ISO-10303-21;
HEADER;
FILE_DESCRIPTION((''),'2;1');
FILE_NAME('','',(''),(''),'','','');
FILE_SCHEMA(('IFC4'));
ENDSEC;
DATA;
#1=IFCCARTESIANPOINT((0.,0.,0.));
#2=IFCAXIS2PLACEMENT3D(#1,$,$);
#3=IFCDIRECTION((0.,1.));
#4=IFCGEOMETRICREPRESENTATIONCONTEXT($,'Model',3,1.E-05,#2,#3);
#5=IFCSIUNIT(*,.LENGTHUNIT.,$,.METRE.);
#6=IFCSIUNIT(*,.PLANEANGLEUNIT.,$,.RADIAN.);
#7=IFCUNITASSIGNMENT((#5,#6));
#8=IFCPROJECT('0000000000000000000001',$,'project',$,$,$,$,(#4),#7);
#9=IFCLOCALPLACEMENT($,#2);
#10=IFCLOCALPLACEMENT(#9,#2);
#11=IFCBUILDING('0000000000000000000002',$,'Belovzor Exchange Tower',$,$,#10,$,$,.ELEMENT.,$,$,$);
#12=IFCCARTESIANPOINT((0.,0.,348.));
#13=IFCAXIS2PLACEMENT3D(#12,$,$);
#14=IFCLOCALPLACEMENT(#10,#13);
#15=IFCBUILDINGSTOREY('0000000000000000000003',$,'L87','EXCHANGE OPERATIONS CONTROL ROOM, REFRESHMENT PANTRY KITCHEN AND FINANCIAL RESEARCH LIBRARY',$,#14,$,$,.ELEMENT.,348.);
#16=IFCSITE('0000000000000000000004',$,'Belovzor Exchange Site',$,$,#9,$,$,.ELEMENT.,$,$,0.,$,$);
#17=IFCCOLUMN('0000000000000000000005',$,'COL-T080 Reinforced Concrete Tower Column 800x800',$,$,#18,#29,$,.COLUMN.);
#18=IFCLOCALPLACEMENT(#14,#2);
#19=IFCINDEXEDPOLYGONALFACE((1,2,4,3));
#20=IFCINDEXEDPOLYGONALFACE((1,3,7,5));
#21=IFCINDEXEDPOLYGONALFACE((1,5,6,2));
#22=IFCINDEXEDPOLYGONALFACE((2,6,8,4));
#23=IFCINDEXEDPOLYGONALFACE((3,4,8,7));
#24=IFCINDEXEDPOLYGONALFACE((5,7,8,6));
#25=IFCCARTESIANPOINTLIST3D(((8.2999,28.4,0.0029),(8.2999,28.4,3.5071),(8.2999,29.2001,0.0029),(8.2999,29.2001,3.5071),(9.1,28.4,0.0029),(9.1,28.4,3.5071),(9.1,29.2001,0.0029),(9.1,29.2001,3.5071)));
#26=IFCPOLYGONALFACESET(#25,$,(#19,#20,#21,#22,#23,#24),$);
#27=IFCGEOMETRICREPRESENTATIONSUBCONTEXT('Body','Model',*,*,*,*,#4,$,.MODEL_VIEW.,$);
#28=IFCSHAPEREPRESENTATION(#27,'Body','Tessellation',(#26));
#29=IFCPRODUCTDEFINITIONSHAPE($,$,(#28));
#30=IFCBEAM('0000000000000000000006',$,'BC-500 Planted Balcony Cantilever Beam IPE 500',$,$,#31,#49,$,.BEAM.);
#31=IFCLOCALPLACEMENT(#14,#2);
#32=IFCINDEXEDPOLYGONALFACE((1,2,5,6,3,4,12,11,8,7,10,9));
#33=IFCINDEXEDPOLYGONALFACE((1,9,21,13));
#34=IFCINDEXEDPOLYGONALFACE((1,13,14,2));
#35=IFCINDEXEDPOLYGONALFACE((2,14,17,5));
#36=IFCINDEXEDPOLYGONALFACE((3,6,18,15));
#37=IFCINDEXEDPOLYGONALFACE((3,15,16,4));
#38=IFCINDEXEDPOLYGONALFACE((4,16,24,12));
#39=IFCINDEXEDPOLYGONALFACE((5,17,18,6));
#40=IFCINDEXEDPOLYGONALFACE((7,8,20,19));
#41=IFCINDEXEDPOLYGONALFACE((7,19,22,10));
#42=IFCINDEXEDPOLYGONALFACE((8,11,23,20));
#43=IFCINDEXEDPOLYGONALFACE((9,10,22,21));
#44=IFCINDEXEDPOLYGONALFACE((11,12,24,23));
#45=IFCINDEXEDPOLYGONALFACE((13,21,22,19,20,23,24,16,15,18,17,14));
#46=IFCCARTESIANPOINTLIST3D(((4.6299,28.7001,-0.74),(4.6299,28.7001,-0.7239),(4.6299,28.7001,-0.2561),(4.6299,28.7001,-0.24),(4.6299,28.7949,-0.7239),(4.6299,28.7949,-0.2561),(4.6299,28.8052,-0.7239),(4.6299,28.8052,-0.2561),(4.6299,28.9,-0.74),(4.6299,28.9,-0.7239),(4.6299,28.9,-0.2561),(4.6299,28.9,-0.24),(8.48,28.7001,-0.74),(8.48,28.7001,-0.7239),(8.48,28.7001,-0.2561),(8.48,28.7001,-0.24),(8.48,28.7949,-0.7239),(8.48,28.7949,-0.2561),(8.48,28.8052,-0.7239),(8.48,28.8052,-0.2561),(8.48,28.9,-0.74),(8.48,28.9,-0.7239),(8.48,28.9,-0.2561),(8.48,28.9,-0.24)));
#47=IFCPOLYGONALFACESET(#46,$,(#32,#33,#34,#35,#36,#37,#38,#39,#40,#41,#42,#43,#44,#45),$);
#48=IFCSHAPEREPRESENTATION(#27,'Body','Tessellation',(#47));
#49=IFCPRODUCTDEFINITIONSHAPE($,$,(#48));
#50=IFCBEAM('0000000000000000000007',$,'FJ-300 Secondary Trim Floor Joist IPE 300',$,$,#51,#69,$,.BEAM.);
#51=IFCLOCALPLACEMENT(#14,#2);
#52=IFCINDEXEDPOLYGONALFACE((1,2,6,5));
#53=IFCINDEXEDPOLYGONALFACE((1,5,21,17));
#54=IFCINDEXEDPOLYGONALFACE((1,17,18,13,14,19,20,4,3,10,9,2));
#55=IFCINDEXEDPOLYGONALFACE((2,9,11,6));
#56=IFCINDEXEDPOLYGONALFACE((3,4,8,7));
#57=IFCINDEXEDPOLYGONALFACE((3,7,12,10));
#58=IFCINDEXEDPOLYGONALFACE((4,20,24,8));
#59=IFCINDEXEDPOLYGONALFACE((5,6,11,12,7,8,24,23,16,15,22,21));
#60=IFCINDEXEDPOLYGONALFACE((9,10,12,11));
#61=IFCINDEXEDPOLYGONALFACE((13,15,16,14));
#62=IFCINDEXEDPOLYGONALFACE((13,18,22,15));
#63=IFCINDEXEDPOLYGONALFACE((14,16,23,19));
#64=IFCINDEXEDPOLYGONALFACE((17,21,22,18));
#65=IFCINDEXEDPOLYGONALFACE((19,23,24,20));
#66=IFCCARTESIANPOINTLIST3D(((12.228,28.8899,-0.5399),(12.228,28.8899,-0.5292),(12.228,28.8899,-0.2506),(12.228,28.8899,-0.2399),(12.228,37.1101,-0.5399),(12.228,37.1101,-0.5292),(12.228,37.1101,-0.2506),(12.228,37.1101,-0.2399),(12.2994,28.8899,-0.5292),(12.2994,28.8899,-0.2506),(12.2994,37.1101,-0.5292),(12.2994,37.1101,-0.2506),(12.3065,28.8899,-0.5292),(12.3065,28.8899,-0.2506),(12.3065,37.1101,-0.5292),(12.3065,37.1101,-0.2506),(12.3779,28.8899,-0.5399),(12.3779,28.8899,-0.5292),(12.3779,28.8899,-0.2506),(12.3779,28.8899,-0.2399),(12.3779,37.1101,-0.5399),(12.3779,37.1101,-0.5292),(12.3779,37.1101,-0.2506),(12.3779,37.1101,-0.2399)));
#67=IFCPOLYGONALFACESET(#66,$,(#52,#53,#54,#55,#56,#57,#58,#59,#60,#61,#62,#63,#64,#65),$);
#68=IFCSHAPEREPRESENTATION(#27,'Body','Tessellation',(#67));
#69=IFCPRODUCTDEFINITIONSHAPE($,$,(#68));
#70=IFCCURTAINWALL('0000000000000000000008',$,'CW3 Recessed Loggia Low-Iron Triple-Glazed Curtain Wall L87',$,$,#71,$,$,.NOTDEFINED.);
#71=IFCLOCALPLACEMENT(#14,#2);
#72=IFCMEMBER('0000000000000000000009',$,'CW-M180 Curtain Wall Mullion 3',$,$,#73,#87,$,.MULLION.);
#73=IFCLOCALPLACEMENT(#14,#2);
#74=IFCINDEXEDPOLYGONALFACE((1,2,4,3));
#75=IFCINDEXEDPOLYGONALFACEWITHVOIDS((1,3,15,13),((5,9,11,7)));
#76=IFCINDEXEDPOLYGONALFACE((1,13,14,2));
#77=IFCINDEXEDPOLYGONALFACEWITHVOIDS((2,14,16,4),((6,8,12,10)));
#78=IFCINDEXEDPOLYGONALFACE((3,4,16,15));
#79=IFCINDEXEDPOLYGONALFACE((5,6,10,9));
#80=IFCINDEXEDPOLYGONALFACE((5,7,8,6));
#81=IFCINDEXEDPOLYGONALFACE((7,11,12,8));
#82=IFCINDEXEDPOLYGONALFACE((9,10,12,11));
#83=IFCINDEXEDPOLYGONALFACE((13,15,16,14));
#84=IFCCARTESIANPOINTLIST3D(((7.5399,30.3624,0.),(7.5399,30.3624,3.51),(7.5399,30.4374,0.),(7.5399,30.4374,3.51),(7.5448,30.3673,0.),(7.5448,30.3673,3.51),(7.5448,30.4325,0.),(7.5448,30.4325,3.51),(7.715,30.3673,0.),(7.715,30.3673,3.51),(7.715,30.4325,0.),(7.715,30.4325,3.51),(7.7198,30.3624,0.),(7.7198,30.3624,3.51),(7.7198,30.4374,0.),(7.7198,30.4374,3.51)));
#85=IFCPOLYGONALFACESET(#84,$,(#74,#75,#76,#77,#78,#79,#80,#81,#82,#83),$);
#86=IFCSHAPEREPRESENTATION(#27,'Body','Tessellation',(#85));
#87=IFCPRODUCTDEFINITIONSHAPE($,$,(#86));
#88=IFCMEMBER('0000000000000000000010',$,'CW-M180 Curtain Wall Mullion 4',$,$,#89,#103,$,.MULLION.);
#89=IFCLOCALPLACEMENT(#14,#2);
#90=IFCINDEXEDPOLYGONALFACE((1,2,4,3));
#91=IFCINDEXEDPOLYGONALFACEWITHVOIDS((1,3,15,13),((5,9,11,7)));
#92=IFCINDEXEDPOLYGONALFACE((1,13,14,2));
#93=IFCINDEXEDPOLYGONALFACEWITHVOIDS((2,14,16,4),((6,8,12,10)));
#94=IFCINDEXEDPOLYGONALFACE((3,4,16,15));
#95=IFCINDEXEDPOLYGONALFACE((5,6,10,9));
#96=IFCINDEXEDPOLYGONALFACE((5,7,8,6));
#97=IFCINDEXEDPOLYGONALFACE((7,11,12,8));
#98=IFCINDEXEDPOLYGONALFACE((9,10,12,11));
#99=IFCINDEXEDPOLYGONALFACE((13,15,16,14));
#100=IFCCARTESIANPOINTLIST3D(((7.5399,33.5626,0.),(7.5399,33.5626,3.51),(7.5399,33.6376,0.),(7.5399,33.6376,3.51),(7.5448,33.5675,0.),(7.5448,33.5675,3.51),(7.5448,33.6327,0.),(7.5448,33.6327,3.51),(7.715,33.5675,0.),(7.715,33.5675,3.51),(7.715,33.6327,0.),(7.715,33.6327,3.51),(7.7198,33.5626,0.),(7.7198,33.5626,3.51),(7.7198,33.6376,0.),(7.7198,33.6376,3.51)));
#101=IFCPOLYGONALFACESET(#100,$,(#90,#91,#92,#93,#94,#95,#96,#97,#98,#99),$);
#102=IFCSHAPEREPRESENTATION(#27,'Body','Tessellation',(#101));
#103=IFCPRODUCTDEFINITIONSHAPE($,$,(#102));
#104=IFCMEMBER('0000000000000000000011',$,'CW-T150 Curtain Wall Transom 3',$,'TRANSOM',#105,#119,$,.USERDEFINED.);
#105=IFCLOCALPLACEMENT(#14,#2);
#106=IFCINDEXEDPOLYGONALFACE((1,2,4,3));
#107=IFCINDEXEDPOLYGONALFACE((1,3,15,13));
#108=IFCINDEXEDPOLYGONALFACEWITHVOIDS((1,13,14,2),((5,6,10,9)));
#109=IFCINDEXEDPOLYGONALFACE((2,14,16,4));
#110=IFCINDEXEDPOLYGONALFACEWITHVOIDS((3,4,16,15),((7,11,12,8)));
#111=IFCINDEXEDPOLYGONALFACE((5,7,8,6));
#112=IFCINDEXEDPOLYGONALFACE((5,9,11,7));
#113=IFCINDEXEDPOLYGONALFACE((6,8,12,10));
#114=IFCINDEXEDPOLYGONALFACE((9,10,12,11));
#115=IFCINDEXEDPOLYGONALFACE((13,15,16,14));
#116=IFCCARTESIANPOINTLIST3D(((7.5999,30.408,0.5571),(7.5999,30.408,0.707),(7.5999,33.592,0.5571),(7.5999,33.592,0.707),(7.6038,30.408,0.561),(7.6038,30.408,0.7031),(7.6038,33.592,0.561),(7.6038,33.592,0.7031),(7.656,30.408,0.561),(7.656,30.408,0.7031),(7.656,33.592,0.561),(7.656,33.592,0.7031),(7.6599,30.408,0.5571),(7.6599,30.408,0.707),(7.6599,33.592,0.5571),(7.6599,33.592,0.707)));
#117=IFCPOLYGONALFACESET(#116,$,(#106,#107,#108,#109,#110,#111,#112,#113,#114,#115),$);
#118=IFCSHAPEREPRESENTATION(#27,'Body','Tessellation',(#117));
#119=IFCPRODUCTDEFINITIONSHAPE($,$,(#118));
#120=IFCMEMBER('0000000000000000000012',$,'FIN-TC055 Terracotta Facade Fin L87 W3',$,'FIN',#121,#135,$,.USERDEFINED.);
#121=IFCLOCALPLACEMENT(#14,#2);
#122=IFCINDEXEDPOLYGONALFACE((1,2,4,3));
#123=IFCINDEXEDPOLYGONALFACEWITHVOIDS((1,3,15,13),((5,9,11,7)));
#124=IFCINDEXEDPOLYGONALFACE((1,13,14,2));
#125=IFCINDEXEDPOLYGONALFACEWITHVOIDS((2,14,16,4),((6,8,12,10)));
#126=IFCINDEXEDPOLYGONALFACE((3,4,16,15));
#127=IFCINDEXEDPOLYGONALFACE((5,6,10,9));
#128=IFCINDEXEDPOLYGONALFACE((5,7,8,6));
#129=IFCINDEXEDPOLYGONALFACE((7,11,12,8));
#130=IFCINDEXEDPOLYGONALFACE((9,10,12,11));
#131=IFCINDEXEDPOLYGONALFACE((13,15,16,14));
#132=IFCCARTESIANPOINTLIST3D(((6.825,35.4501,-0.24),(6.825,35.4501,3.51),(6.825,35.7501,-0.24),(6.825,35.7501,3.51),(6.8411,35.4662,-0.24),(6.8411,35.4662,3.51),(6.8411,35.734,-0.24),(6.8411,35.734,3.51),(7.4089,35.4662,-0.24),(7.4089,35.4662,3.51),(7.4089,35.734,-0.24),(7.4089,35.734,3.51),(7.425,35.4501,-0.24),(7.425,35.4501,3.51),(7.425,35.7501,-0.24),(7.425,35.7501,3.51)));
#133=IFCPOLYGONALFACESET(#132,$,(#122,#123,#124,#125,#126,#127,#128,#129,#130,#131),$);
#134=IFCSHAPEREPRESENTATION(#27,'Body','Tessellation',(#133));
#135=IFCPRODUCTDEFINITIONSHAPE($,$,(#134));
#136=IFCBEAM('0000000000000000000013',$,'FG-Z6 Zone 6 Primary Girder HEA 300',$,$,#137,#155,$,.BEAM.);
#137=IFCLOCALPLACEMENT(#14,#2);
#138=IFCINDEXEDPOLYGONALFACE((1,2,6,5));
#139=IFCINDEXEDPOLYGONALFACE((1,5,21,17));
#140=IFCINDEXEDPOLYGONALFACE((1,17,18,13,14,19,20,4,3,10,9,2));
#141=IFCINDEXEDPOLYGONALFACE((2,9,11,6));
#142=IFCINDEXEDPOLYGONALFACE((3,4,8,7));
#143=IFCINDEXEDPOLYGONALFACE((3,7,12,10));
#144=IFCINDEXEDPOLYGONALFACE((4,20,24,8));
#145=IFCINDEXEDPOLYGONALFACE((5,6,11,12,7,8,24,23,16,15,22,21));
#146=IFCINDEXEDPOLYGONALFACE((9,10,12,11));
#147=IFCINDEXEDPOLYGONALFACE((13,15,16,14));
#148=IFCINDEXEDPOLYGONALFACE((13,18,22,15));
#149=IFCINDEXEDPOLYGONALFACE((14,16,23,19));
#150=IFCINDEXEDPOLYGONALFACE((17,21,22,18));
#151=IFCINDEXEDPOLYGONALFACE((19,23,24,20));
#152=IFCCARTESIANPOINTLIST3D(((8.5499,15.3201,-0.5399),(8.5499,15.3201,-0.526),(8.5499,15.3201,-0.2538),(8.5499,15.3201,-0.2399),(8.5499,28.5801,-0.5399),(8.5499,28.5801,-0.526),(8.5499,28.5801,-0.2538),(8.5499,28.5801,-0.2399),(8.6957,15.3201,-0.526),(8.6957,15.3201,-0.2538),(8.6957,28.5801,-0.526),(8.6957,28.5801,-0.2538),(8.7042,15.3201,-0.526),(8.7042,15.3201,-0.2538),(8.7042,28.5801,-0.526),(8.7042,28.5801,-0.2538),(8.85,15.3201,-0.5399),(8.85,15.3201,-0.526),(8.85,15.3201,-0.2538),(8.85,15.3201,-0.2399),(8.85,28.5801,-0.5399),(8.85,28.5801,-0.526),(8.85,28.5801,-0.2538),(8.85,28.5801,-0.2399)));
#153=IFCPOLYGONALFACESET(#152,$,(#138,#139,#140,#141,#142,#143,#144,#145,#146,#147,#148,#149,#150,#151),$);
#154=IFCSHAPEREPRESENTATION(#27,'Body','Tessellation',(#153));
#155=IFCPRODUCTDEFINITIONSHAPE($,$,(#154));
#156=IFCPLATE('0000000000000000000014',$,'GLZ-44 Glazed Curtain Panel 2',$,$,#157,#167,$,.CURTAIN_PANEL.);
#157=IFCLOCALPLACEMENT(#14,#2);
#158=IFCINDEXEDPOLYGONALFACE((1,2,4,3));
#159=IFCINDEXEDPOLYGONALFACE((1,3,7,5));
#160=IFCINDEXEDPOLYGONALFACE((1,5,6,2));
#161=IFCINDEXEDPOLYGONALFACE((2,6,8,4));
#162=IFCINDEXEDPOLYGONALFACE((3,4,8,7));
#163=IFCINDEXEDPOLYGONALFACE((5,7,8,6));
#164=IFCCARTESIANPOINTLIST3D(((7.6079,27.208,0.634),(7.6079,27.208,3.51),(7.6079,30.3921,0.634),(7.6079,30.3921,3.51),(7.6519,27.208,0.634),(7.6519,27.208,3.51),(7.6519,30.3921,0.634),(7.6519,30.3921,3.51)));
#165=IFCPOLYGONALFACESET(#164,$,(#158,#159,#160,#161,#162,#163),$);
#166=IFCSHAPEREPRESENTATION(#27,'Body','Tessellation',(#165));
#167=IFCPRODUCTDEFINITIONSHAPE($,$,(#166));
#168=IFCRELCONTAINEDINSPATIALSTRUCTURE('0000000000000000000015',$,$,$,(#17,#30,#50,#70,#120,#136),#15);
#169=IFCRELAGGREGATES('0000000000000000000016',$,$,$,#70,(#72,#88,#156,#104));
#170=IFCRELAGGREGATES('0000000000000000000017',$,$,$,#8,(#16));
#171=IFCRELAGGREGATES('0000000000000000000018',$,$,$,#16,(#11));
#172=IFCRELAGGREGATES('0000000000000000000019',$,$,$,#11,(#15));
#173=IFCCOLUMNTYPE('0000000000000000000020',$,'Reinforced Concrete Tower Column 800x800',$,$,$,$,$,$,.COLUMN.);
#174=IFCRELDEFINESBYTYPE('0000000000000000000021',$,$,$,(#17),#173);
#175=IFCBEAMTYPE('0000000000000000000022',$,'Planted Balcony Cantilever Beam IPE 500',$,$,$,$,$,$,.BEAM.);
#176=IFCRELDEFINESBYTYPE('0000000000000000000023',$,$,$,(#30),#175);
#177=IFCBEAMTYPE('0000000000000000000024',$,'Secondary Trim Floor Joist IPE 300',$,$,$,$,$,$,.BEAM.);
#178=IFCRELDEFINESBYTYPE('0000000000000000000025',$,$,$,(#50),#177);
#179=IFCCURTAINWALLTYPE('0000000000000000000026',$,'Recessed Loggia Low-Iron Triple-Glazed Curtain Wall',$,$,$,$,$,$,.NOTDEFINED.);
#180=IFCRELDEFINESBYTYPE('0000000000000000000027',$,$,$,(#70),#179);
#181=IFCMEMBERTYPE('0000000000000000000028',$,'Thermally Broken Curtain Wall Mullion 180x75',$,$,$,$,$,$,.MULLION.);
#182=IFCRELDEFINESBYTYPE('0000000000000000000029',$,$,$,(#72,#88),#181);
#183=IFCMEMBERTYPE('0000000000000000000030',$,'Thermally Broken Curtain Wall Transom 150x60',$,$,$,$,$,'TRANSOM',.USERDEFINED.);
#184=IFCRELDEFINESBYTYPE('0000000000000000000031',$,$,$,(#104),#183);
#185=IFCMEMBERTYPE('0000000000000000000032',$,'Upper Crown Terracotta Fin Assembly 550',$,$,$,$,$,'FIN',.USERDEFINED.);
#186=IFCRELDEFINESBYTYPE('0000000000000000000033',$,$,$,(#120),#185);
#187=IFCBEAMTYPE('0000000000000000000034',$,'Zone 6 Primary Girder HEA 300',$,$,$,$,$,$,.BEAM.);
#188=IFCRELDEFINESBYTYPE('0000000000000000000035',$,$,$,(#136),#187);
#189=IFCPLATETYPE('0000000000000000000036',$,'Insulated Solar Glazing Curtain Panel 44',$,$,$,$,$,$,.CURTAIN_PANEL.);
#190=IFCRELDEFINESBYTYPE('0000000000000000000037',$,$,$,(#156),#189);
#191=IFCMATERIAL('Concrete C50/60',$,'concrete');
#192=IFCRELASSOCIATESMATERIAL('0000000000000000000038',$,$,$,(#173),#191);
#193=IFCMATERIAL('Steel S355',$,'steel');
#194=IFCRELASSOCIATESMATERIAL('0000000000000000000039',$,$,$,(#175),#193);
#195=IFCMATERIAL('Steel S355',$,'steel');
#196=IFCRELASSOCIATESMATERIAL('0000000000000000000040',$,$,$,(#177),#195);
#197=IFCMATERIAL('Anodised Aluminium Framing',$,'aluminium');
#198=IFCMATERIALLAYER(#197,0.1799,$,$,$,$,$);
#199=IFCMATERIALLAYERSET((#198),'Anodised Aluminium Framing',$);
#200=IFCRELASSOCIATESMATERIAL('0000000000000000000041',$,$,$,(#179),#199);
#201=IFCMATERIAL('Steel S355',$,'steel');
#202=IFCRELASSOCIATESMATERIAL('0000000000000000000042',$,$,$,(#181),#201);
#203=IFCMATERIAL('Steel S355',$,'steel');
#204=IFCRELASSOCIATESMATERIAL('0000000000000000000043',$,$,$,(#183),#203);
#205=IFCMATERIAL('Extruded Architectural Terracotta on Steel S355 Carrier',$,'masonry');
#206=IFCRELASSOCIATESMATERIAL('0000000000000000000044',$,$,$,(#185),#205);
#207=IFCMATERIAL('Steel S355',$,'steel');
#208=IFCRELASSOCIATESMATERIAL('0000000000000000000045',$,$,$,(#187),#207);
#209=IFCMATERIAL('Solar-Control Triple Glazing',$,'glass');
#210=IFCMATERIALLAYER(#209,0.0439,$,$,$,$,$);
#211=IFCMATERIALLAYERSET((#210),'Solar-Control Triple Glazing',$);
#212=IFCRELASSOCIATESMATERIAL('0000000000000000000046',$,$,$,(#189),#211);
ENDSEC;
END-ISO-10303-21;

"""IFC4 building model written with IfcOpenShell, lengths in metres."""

from ifc_helpers import new_model, si_unit, direction, frame, origin, origin_2d, place, context, subcontext, project, spatial, rectangle, hollow_rectangle, i_section, extrude, material, layer, layer_set, material_profile, profile_set, type_object, element, aggregate, save


model = new_model("IFC4")

# Units and contexts
model_context = context("Model", 3, precision=1e-05, world=origin(), true_north=direction((0.0, 1.0)))
body_context = subcontext(model_context, "Body", "Model", "MODEL_VIEW")
ifc_project = project(units=[si_unit("LENGTHUNIT", "METRE"), si_unit("PLANEANGLEUNIT", "RADIAN")], contexts=[model_context])

# Site, building, storey
site_placement = place(None, origin())
site = spatial("IfcSite", under=ifc_project, at=site_placement, Name="Belovzor Exchange Site", CompositionType="ELEMENT", RefElevation=0.0)
building_placement = place(site_placement, origin())
building = spatial("IfcBuilding", under=site, at=building_placement, Name="Belovzor Exchange Tower", CompositionType="ELEMENT")
storey_placement = place(building_placement, frame((0.0, 0.0, 348.0)))
storey = spatial("IfcBuildingStorey", under=building, at=storey_placement, Name="L87", Description="EXCHANGE OPERATIONS CONTROL ROOM, REFRESHMENT PANTRY KITCHEN AND FINANCIAL RESEARCH LIBRARY", CompositionType="ELEMENT", Elevation=348.0)

# Column
ifc_material_1 = material(Name="Concrete C50/60", Category="concrete")
ifc_material_profile_1 = material_profile(ifc_material_1, rectangle(XDim=0.8, YDim=0.8, at=origin_2d()))
ifc_profile_set_1 = profile_set([ifc_material_profile_1], Name="Concrete C50/60")
column_type = type_object("IfcColumnType", Name="Reinforced Concrete Tower Column 800x800", PredefinedType="COLUMN", material=ifc_profile_set_1)
column_placement = place(storey_placement, frame((8.7, 28.8, 0.0029), z_axis=(0.0, 0.0, 1.0), x_axis=(1.0, 0.0, 0.0)))
element("IfcColumn", 1, at=column_placement, inside=storey, type_object=column_type, Name="COL-T080 Reinforced Concrete Tower Column 800x800", PredefinedType="COLUMN", context=body_context, shape_type="SweptSolid", body=[
    extrude(rectangle(XDim=0.8, YDim=0.8, at=origin_2d()), origin(), (0.0, 0.0, 1.0), 3.5042),
])

# Beams
ifc_material_2 = material(Name="Steel S355", Category="steel")
ifc_material_profile_2 = material_profile(ifc_material_2, i_section(OverallWidth=0.2, OverallDepth=0.5, WebThickness=0.0103, FlangeThickness=0.0161, at=origin_2d()))
ifc_profile_set_2 = profile_set([ifc_material_profile_2], Name="Steel S355")
beam_type_1 = type_object("IfcBeamType", Name="Planted Balcony Cantilever Beam IPE 500", PredefinedType="BEAM", material=ifc_profile_set_2)
beam_1_placement = place(storey_placement, frame((8.48, 28.8, -0.49), z_axis=(-1.0, 0.0, 0.0), x_axis=(0.0, -1.0, 0.0)))
element("IfcBeam", 2, at=beam_1_placement, inside=storey, type_object=beam_type_1, Name="BC-500 Planted Balcony Cantilever Beam IPE 500", PredefinedType="BEAM", context=body_context, shape_type="SweptSolid", body=[
    extrude(i_section(OverallWidth=0.2, OverallDepth=0.5, WebThickness=0.0103, FlangeThickness=0.0161, at=origin_2d()), origin(), (0.0, 0.0, 1.0), 3.8501),
])
ifc_material_3 = material(Name="Steel S355", Category="steel")
ifc_material_profile_3 = material_profile(ifc_material_3, i_section(OverallWidth=0.1499, OverallDepth=0.3, WebThickness=0.0071, FlangeThickness=0.0107, at=origin_2d()))
ifc_profile_set_3 = profile_set([ifc_material_profile_3], Name="Steel S355")
beam_type_2 = type_object("IfcBeamType", Name="Secondary Trim Floor Joist IPE 300", PredefinedType="BEAM", material=ifc_profile_set_3)
beam_2_placement = place(storey_placement, frame((12.303, 28.8899, -0.3899), z_axis=(0.0, 1.0, 0.0), x_axis=(-1.0, 0.0, 0.0)))
element("IfcBeam", 3, at=beam_2_placement, inside=storey, type_object=beam_type_2, Name="FJ-300 Secondary Trim Floor Joist IPE 300", PredefinedType="BEAM", context=body_context, shape_type="SweptSolid", body=[
    extrude(i_section(OverallWidth=0.1499, OverallDepth=0.3, WebThickness=0.0071, FlangeThickness=0.0107, at=origin_2d()), origin(), (0.0, 0.0, 1.0), 8.2202),
])

# Curtain wall, members
ifc_material_4 = material(Name="Anodised Aluminium Framing", Category="aluminium")
ifc_layer_1 = layer(ifc_material_4, 0.1799)
ifc_layer_set_1 = layer_set([ifc_layer_1], Name="Anodised Aluminium Framing")
curtain_wall_type = type_object("IfcCurtainWallType", Name="Recessed Loggia Low-Iron Triple-Glazed Curtain Wall", PredefinedType="NOTDEFINED", material=ifc_layer_set_1)
curtain_wall_placement = place(storey_placement, origin())
curtain_wall = element("IfcCurtainWall", 4, at=curtain_wall_placement, inside=storey, type_object=curtain_wall_type, Name="CW3 Recessed Loggia Low-Iron Triple-Glazed Curtain Wall L87", PredefinedType="NOTDEFINED")
ifc_material_5 = material(Name="Steel S355", Category="steel")
ifc_material_profile_4 = material_profile(ifc_material_5, hollow_rectangle(XDim=0.075, YDim=0.1799, WallThickness=0.0049, at=origin_2d()))
ifc_profile_set_4 = profile_set([ifc_material_profile_4], Name="Steel S355")
member_type_1 = type_object("IfcMemberType", Name="Thermally Broken Curtain Wall Mullion 180x75", PredefinedType="MULLION", material=ifc_profile_set_4)
member_1_placement = place(storey_placement, frame((7.6299, 30.3999, 0.0), z_axis=(0.0, 0.0, 1.0), x_axis=(0.0, 1.0, 0.0)))
member_1 = element("IfcMember", 5, at=member_1_placement, type_object=member_type_1, Name="CW-M180 Curtain Wall Mullion 3", PredefinedType="MULLION", context=body_context, shape_type="SweptSolid", body=[
    extrude(hollow_rectangle(XDim=0.075, YDim=0.1799, WallThickness=0.0049, at=origin_2d()), origin(), (0.0, 0.0, 1.0), 3.51),
])
member_2_placement = place(storey_placement, frame((7.6299, 33.6001, 0.0), z_axis=(0.0, 0.0, 1.0), x_axis=(0.0, 1.0, 0.0)))
member_2 = element("IfcMember", 6, at=member_2_placement, type_object=member_type_1, Name="CW-M180 Curtain Wall Mullion 4", PredefinedType="MULLION", context=body_context, shape_type="SweptSolid", body=[
    extrude(hollow_rectangle(XDim=0.075, YDim=0.1799, WallThickness=0.0049, at=origin_2d()), origin(), (0.0, 0.0, 1.0), 3.51),
])
ifc_material_6 = material(Name="Steel S355", Category="steel")
ifc_material_profile_5 = material_profile(ifc_material_6, hollow_rectangle(XDim=0.0601, YDim=0.1499, WallThickness=0.0039, at=origin_2d()))
ifc_profile_set_5 = profile_set([ifc_material_profile_5], Name="Steel S355")
member_type_2 = type_object("IfcMemberType", Name="Thermally Broken Curtain Wall Transom 150x60", ElementType="TRANSOM", PredefinedType="USERDEFINED", material=ifc_profile_set_5)
member_3_placement = place(storey_placement, frame((7.6299, 30.408, 0.6321), z_axis=(0.0, 1.0, 0.0), x_axis=(-1.0, 0.0, 0.0)))
member_3 = element("IfcMember", 7, at=member_3_placement, type_object=member_type_2, Name="CW-T150 Curtain Wall Transom 3", ObjectType="TRANSOM", PredefinedType="USERDEFINED", context=body_context, shape_type="SweptSolid", body=[
    extrude(hollow_rectangle(XDim=0.0601, YDim=0.1499, WallThickness=0.0039, at=origin_2d()), origin(), (0.0, 0.0, 1.0), 3.1841),
])

# Member
ifc_material_7 = material(Name="Extruded Architectural Terracotta on Steel S355 Carrier", Category="masonry")
ifc_material_profile_6 = material_profile(ifc_material_7, hollow_rectangle(XDim=0.3, YDim=0.6001, WallThickness=0.0161, at=origin_2d()))
ifc_profile_set_6 = profile_set([ifc_material_profile_6], Name="Extruded Architectural Terracotta on Steel S355 Carrier")
member_type_3 = type_object("IfcMemberType", Name="Upper Crown Terracotta Fin Assembly 550", ElementType="FIN", PredefinedType="USERDEFINED", material=ifc_profile_set_6)
member_4_placement = place(storey_placement, frame((7.125, 35.6001, -0.24), z_axis=(0.0, 0.0, 1.0), x_axis=(0.0, 1.0, 0.0)))
element("IfcMember", 8, at=member_4_placement, inside=storey, type_object=member_type_3, Name="FIN-TC055 Terracotta Facade Fin L87 W3", ObjectType="FIN", PredefinedType="USERDEFINED", context=body_context, shape_type="SweptSolid", body=[
    extrude(hollow_rectangle(XDim=0.3, YDim=0.6001, WallThickness=0.0161, at=origin_2d()), origin(), (0.0, 0.0, 1.0), 3.75),
])

# Beam
ifc_material_8 = material(Name="Steel S355", Category="steel")
ifc_material_profile_7 = material_profile(ifc_material_8, i_section(OverallWidth=0.3, OverallDepth=0.3, WebThickness=0.0085, FlangeThickness=0.0139, at=origin_2d()))
ifc_profile_set_7 = profile_set([ifc_material_profile_7], Name="Steel S355")
beam_type_3 = type_object("IfcBeamType", Name="Zone 6 Primary Girder HEA 300", PredefinedType="BEAM", material=ifc_profile_set_7)
beam_3_placement = place(storey_placement, frame((8.7, 28.5801, -0.3899), z_axis=(0.0, -1.0, 0.0), x_axis=(1.0, 0.0, 0.0)))
element("IfcBeam", 9, at=beam_3_placement, inside=storey, type_object=beam_type_3, Name="FG-Z6 Zone 6 Primary Girder HEA 300", PredefinedType="BEAM", context=body_context, shape_type="SweptSolid", body=[
    extrude(i_section(OverallWidth=0.3, OverallDepth=0.3, WebThickness=0.0085, FlangeThickness=0.0139, at=origin_2d()), origin(), (0.0, 0.0, 1.0), 13.26),
])

# Plate
ifc_material_9 = material(Name="Solar-Control Triple Glazing", Category="glass")
ifc_layer_2 = layer(ifc_material_9, 0.0439)
ifc_layer_set_2 = layer_set([ifc_layer_2], Name="Solar-Control Triple Glazing")
plate_type_1 = type_object("IfcPlateType", Name="Insulated Solar Glazing Curtain Panel 44", PredefinedType="CURTAIN_PANEL", material=ifc_layer_set_2)
plate_1_placement = place(storey_placement, frame((7.6299, 28.8, 0.634), z_axis=(0.0, 0.0, 1.0), x_axis=(0.0, 1.0, 0.0)))
plate_1 = element("IfcPlate", 10, at=plate_1_placement, type_object=plate_type_1, Name="GLZ-44 Glazed Curtain Panel 2", PredefinedType="CURTAIN_PANEL", context=body_context, shape_type="SweptSolid", body=[
    extrude(rectangle(XDim=3.1841, YDim=0.0439, at=origin_2d()), origin(), (0.0, 0.0, 1.0), 2.876),
])
aggregate(curtain_wall, [member_1, member_2, plate_1, member_3])

save(model, "model.ifc")
